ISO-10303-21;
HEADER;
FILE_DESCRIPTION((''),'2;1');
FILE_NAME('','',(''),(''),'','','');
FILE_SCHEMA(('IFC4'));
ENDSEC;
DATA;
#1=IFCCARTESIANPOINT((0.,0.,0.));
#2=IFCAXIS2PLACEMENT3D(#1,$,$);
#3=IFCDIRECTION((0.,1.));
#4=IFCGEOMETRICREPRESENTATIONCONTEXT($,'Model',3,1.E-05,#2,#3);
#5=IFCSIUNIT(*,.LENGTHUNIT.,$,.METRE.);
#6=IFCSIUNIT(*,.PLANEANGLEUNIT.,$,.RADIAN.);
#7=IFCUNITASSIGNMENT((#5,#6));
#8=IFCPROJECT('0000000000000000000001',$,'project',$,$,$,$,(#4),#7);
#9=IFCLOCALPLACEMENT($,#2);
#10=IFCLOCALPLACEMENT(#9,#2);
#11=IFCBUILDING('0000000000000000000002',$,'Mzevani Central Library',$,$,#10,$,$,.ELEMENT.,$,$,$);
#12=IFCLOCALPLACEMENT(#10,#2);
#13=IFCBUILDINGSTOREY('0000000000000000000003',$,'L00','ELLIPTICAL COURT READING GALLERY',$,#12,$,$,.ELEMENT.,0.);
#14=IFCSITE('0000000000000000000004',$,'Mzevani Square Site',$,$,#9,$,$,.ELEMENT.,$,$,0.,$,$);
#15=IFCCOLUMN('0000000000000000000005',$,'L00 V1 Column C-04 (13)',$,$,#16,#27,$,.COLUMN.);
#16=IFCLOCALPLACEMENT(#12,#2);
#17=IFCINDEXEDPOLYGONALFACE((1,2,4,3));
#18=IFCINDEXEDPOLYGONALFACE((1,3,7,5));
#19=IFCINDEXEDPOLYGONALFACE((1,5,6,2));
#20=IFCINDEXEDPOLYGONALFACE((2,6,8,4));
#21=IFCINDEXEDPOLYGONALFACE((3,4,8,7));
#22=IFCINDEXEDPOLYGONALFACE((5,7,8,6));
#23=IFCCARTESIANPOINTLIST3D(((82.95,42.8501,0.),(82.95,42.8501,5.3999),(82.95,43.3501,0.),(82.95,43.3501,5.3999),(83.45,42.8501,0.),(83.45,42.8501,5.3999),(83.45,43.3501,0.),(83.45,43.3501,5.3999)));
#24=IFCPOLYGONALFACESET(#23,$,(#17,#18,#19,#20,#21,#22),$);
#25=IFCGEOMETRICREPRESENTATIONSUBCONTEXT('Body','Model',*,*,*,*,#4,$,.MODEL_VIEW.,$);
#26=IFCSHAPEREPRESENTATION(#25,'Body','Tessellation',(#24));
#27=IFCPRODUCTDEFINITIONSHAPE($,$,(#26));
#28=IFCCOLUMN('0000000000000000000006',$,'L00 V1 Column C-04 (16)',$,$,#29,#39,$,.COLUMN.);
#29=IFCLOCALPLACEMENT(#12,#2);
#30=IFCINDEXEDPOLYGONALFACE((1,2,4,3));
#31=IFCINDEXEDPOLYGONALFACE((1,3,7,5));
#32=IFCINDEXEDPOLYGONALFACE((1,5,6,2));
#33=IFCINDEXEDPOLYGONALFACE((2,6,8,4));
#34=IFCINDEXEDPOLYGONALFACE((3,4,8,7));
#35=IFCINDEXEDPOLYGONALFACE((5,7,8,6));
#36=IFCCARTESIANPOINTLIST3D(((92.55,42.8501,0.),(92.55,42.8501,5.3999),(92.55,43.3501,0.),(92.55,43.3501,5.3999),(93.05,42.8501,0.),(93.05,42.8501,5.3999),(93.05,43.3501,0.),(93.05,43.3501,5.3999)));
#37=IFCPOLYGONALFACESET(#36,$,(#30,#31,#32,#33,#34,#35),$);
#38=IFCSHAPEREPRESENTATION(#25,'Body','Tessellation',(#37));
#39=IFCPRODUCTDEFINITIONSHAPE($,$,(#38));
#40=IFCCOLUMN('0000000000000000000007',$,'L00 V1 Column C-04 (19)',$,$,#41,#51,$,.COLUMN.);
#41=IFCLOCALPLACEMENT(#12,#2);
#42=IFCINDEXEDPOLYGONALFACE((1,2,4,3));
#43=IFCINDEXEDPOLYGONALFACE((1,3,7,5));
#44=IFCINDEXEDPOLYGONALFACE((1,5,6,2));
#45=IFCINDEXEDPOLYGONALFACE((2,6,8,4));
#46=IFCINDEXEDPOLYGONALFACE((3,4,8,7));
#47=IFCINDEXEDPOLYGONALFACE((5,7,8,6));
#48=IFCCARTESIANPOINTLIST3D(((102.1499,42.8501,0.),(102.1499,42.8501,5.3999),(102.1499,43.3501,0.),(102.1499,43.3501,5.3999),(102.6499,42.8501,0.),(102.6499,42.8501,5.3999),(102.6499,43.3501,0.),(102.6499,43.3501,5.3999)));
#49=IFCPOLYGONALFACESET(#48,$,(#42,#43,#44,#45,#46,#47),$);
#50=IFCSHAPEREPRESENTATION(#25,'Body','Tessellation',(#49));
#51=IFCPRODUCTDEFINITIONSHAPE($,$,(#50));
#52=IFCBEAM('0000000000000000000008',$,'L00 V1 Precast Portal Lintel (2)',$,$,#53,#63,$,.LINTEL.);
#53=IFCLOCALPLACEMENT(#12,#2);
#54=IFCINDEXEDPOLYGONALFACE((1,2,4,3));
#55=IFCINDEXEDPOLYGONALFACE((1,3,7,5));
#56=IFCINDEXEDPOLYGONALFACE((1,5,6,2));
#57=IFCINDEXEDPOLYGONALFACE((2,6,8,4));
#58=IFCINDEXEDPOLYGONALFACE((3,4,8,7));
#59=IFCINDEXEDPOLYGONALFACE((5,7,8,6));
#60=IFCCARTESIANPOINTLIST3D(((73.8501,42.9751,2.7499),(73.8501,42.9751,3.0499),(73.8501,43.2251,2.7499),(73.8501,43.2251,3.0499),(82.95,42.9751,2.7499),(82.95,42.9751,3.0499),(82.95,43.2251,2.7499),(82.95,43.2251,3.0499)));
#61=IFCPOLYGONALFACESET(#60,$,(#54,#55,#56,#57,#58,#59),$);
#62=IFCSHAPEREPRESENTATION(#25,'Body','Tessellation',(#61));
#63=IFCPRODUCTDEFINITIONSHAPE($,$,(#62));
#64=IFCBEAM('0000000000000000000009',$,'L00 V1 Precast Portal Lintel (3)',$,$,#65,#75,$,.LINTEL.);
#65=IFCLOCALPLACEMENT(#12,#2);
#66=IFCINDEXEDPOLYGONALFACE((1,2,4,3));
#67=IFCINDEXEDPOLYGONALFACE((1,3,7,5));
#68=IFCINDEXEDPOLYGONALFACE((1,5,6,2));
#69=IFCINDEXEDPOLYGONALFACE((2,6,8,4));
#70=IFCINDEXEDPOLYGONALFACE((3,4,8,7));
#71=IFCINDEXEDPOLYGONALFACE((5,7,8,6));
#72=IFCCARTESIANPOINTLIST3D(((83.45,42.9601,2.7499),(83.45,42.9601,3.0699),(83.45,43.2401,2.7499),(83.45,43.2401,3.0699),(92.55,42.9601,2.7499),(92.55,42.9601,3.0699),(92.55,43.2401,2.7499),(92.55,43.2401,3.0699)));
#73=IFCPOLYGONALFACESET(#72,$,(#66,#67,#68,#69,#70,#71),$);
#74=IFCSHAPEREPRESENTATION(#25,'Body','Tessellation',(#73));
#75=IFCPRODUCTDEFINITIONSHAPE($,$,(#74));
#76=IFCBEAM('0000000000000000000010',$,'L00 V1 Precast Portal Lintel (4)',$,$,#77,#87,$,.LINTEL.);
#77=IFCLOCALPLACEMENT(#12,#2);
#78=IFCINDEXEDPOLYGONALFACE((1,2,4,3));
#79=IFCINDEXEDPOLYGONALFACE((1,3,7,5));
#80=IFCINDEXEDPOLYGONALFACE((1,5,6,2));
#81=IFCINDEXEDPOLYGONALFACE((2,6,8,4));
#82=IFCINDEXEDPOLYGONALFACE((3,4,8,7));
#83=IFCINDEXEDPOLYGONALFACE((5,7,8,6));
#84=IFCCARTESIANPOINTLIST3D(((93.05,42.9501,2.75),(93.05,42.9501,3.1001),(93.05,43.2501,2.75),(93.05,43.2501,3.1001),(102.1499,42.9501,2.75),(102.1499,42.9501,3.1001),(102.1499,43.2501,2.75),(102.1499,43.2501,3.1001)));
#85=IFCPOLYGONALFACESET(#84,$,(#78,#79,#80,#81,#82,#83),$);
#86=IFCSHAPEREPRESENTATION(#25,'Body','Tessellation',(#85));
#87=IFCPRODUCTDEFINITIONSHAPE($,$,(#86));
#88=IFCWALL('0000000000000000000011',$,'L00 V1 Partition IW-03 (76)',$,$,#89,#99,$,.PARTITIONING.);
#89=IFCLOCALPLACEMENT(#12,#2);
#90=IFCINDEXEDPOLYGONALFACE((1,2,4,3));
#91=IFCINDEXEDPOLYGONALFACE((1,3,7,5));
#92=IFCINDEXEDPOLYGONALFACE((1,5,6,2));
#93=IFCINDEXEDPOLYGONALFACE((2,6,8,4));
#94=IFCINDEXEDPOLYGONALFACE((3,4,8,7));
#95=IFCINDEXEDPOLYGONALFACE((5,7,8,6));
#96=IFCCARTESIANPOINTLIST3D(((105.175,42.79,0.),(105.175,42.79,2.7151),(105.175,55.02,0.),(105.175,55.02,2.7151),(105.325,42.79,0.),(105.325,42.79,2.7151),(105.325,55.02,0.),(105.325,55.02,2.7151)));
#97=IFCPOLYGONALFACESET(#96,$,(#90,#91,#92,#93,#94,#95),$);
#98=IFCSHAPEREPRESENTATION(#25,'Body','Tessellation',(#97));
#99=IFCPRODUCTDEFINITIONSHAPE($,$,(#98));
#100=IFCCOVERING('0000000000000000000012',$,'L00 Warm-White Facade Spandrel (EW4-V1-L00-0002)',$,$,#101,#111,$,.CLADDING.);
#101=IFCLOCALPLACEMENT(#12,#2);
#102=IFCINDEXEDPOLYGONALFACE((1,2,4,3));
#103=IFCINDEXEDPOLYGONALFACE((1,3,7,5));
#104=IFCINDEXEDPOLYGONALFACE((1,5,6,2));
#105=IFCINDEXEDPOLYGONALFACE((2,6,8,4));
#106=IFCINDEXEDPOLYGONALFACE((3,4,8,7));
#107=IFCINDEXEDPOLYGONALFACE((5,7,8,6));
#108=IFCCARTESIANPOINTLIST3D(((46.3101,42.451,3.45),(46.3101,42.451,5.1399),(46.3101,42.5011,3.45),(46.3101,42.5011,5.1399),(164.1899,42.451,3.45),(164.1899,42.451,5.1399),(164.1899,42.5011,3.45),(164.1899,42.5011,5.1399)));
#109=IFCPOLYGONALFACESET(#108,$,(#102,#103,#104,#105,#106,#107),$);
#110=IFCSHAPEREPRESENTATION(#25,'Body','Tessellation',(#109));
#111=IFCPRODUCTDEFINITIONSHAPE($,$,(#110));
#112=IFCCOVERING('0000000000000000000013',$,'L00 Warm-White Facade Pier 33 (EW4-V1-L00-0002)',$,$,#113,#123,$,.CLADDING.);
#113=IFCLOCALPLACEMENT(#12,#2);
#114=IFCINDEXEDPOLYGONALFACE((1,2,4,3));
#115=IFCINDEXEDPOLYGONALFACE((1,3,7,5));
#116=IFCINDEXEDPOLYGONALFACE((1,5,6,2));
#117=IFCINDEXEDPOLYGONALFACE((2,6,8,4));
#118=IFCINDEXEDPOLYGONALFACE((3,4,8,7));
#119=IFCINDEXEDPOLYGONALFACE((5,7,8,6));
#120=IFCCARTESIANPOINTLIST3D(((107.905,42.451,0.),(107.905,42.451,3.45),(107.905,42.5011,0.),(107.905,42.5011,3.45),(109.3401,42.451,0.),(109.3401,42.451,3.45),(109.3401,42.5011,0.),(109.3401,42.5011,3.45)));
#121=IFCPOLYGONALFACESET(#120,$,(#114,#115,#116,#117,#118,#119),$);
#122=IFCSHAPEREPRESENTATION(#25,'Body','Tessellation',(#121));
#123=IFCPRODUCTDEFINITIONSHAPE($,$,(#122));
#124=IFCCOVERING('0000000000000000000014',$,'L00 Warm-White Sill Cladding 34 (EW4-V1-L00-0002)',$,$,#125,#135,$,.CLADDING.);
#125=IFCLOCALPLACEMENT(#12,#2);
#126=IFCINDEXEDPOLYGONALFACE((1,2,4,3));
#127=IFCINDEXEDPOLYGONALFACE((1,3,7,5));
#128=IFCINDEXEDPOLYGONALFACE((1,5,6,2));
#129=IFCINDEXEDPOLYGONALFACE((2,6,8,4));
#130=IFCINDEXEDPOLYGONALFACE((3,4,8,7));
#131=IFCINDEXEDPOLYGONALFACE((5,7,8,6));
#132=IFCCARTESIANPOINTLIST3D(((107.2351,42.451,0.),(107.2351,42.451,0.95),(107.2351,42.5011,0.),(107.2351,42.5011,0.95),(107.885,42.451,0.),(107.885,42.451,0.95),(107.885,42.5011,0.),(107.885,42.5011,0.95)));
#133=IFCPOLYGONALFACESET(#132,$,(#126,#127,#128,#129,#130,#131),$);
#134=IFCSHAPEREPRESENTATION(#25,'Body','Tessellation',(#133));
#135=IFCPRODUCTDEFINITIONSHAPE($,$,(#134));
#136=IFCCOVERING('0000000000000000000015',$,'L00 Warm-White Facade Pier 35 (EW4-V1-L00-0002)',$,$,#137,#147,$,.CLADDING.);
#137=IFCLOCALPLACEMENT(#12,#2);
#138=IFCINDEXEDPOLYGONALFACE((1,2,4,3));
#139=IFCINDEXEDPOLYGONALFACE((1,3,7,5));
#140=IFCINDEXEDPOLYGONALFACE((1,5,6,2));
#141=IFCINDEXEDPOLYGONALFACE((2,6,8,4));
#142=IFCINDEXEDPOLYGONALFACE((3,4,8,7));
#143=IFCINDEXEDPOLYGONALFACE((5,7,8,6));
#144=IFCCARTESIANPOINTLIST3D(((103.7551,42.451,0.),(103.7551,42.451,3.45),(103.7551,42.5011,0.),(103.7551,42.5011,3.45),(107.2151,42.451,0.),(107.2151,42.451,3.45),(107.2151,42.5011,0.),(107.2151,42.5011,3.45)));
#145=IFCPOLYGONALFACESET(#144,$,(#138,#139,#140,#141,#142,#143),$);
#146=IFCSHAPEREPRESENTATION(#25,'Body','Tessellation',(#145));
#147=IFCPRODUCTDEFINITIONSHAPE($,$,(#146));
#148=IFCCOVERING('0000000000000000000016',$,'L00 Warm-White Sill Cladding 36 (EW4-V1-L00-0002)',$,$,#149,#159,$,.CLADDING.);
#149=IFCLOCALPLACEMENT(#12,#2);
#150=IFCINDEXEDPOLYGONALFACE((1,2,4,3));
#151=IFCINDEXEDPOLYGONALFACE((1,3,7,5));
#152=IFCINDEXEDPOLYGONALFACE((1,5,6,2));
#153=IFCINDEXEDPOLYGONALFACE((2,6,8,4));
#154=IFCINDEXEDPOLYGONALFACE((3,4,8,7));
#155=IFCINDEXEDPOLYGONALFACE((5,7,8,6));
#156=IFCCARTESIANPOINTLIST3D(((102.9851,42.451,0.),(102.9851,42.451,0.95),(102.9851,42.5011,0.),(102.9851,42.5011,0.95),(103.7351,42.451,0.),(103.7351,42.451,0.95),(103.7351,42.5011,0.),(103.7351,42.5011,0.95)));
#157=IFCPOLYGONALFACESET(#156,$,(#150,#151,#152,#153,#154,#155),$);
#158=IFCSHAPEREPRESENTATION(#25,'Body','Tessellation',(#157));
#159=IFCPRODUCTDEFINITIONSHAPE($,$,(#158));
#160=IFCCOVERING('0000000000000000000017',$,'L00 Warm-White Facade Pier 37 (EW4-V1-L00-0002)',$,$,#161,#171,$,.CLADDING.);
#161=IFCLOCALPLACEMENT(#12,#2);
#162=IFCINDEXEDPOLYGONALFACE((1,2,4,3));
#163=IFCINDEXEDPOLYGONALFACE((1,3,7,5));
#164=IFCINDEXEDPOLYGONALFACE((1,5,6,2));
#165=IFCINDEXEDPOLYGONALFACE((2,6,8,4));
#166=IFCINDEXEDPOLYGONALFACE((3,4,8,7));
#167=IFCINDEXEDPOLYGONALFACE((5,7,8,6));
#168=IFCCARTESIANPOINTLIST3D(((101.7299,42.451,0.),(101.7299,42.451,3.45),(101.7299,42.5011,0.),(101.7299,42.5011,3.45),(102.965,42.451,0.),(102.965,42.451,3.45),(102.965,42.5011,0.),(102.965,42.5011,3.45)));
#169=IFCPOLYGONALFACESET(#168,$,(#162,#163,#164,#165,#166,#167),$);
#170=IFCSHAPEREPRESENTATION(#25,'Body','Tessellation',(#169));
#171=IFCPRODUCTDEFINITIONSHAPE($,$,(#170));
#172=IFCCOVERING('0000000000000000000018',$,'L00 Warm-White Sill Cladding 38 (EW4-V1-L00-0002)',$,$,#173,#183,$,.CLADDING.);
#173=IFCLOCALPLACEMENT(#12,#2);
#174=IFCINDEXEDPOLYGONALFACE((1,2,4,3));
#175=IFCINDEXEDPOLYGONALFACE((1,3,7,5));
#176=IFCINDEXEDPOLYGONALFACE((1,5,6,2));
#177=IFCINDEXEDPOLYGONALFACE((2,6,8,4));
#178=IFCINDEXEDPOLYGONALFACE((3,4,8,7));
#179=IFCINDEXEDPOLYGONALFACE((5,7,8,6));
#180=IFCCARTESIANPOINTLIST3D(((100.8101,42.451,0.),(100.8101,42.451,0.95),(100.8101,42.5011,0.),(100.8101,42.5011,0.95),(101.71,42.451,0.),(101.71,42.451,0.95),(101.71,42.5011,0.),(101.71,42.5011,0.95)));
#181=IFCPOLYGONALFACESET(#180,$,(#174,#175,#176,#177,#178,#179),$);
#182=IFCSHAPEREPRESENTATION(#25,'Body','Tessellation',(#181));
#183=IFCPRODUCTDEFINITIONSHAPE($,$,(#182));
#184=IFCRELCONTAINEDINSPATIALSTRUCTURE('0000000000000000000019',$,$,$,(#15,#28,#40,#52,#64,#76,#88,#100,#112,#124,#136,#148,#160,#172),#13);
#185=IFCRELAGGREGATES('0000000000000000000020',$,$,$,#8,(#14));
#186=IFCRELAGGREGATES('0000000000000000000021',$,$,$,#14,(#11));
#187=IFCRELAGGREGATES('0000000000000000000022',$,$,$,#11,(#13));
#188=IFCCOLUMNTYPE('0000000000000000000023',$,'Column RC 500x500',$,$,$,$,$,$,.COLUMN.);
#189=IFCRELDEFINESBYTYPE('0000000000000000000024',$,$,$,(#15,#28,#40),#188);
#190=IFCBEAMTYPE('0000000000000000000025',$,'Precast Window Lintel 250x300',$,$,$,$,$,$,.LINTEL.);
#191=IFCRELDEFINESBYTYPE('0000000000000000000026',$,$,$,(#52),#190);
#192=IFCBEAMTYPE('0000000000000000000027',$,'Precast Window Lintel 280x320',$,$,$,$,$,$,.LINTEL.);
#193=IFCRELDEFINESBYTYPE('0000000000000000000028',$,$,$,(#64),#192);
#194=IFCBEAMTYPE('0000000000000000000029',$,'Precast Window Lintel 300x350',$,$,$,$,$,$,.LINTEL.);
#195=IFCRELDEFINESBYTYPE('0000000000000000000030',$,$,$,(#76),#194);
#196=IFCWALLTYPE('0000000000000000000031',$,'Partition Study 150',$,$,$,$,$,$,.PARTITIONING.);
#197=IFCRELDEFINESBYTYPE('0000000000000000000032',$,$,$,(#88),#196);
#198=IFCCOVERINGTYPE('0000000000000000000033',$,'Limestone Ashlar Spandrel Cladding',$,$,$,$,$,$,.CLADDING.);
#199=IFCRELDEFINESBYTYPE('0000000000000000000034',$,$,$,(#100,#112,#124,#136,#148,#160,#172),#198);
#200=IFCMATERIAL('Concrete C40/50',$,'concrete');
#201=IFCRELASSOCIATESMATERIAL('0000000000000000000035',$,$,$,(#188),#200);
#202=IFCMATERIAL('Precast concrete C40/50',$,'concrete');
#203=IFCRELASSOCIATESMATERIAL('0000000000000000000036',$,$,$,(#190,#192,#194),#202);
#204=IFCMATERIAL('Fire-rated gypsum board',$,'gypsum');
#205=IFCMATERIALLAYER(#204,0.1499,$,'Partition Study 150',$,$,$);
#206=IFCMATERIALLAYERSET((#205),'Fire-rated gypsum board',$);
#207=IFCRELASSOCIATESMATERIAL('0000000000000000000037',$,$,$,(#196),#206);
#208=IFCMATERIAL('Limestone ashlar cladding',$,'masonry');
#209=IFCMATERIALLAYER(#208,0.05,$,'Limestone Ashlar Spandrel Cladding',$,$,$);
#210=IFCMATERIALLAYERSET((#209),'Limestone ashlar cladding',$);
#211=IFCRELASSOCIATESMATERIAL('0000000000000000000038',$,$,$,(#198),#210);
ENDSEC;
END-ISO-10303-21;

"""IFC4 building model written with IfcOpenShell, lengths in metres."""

from ifc_helpers import new_model, si_unit, direction, frame, frame_2d, origin, origin_2d, place, context, subcontext, project, spatial, rectangle, extrude, material, layer, layer_set, material_profile, profile_set, type_object, element, save


model = new_model("IFC4")

# Units and contexts
model_context = context("Model", 3, precision=1e-05, world=origin(), true_north=direction((0.0, 1.0)))
body_context = subcontext(model_context, "Body", "Model", "MODEL_VIEW")
ifc_project = project(units=[si_unit("LENGTHUNIT", "METRE"), si_unit("PLANEANGLEUNIT", "RADIAN")], contexts=[model_context])

# Site, building, storey
site_placement = place(None, origin())
site = spatial("IfcSite", under=ifc_project, at=site_placement, Name="Mzevani Square Site", CompositionType="ELEMENT", RefElevation=0.0)
building_placement = place(site_placement, origin())
building = spatial("IfcBuilding", under=site, at=building_placement, Name="Mzevani Central Library", CompositionType="ELEMENT")
storey_placement = place(building_placement, origin())
storey = spatial("IfcBuildingStorey", under=building, at=storey_placement, Name="L00", Description="ELLIPTICAL COURT READING GALLERY", CompositionType="ELEMENT", Elevation=0.0)

# Columns
ifc_material_1 = material(Name="Concrete C40/50", Category="concrete")
ifc_material_profile_1 = material_profile(ifc_material_1, rectangle(XDim=0.5, YDim=0.5, at=origin_2d()), Name="RC 500x500")
ifc_profile_set_1 = profile_set([ifc_material_profile_1], Name="Concrete C40/50")
column_type = type_object("IfcColumnType", Name="Column RC 500x500", PredefinedType="COLUMN", material=ifc_profile_set_1)
for number, where, z_axis, x_axis, name in (
    (1, (83.2, 43.1001, 0.0), (0.0, 0.0, 1.0), (1.0, 0.0, 0.0), "L00 V1 Column C-04 (13)"),
    (2, (92.8, 43.1001, 0.0), (0.0, 0.0, 1.0), (1.0, 0.0, 0.0), "L00 V1 Column C-04 (16)"),
    (3, (102.3999, 43.1001, 0.0), (0.0, 0.0, 1.0), (1.0, 0.0, 0.0), "L00 V1 Column C-04 (19)"),
):
    element("IfcColumn", number, at=place(storey_placement, frame(where, z_axis=z_axis, x_axis=x_axis)), inside=storey, type_object=column_type, Name=name, PredefinedType="COLUMN", context=body_context, shape_type="SweptSolid", body=[
        extrude(rectangle(XDim=0.5, YDim=0.5, at=origin_2d()), origin(), (0.0, 0.0, 1.0), 5.3999),
    ])

# Beams
ifc_material_2 = material(Name="Precast concrete C40/50", Category="concrete")
ifc_material_profile_2 = material_profile(ifc_material_2, rectangle(XDim=0.25, YDim=0.3, at=origin_2d()), Name="PC LN250x300")
ifc_profile_set_2 = profile_set([ifc_material_profile_2], Name="Precast concrete C40/50")
beam_type_1 = type_object("IfcBeamType", Name="Precast Window Lintel 250x300", PredefinedType="LINTEL", material=ifc_profile_set_2)
beam_1_placement = place(storey_placement, frame((73.8501, 43.1001, 2.8999), z_axis=(1.0, 0.0, 0.0), x_axis=(0.0, 1.0, 0.0)))
element("IfcBeam", 4, at=beam_1_placement, inside=storey, type_object=beam_type_1, Name="L00 V1 Precast Portal Lintel (2)", PredefinedType="LINTEL", context=body_context, shape_type="SweptSolid", body=[
    extrude(rectangle(XDim=0.25, YDim=0.3, at=origin_2d()), origin(), (0.0, 0.0, 1.0), 9.0999),
])
ifc_material_profile_3 = material_profile(ifc_material_2, rectangle(XDim=0.28, YDim=0.3201, at=origin_2d()), Name="PC LN280x320")
ifc_profile_set_3 = profile_set([ifc_material_profile_3], Name="Precast concrete C40/50")
beam_type_2 = type_object("IfcBeamType", Name="Precast Window Lintel 280x320", PredefinedType="LINTEL", material=ifc_profile_set_3)
beam_2_placement = place(storey_placement, frame((83.45, 43.1001, 2.9099), z_axis=(1.0, 0.0, 0.0), x_axis=(0.0, 1.0, 0.0)))
element("IfcBeam", 5, at=beam_2_placement, inside=storey, type_object=beam_type_2, Name="L00 V1 Precast Portal Lintel (3)", PredefinedType="LINTEL", context=body_context, shape_type="SweptSolid", body=[
    extrude(rectangle(XDim=0.28, YDim=0.3201, at=origin_2d()), origin(), (0.0, 0.0, 1.0), 9.1001),
])
ifc_material_profile_4 = material_profile(ifc_material_2, rectangle(XDim=0.3, YDim=0.3501, at=origin_2d()), Name="PC LN300x350")
ifc_profile_set_4 = profile_set([ifc_material_profile_4], Name="Precast concrete C40/50")
beam_type_3 = type_object("IfcBeamType", Name="Precast Window Lintel 300x350", PredefinedType="LINTEL", material=ifc_profile_set_4)
beam_3_placement = place(storey_placement, frame((93.05, 43.1001, 2.925), z_axis=(1.0, 0.0, 0.0), x_axis=(0.0, 1.0, 0.0)))
element("IfcBeam", 6, at=beam_3_placement, inside=storey, type_object=beam_type_3, Name="L00 V1 Precast Portal Lintel (4)", PredefinedType="LINTEL", context=body_context, shape_type="SweptSolid", body=[
    extrude(rectangle(XDim=0.3, YDim=0.3501, at=origin_2d()), origin(), (0.0, 0.0, 1.0), 9.0999),
])

# Wall
ifc_material_3 = material(Name="Fire-rated gypsum board", Category="gypsum")
ifc_layer_1 = layer(ifc_material_3, 0.1499, Name="Partition Study 150")
ifc_layer_set_1 = layer_set([ifc_layer_1], Name="Fire-rated gypsum board")
wall_type = type_object("IfcWallType", Name="Partition Study 150", PredefinedType="PARTITIONING", material=ifc_layer_set_1)
wall_placement = place(storey_placement, frame((105.25, 42.79, 0.0), z_axis=(0.0, 0.0, 1.0), x_axis=(0.0, 1.0, 0.0)))
element("IfcWall", 7, at=wall_placement, inside=storey, type_object=wall_type, Name="L00 V1 Partition IW-03 (76)", PredefinedType="PARTITIONING", context=body_context, shape_type="SweptSolid", body=[
    extrude(rectangle(XDim=12.23, YDim=0.1499, at=frame_2d((6.115, 0.0))), origin(), (0.0, 0.0, 1.0), 2.7151),
])

# Coverings
ifc_material_4 = material(Name="Limestone ashlar cladding", Category="masonry")
ifc_layer_2 = layer(ifc_material_4, 0.05, Name="Limestone Ashlar Spandrel Cladding")
ifc_layer_set_2 = layer_set([ifc_layer_2], Name="Limestone ashlar cladding")
covering_type = type_object("IfcCoveringType", Name="Limestone Ashlar Spandrel Cladding", PredefinedType="CLADDING", material=ifc_layer_set_2)
covering_1_placement = place(storey_placement, frame((105.25, 42.4761, 3.45), z_axis=(0.0, 0.0, 1.0), x_axis=(-1.0, 0.0, 0.0)))
element("IfcCovering", 8, at=covering_1_placement, inside=storey, type_object=covering_type, Name="L00 Warm-White Facade Spandrel (EW4-V1-L00-0002)", PredefinedType="CLADDING", context=body_context, shape_type="SweptSolid", body=[
    extrude(rectangle(XDim=117.8799, YDim=0.05, at=origin_2d()), origin(), (0.0, 0.0, 1.0), 1.6899),
])
covering_2_placement = place(storey_placement, frame((108.6226, 42.4761, 0.0), z_axis=(0.0, 0.0, 1.0), x_axis=(-1.0, 0.0, 0.0)))
element("IfcCovering", 9, at=covering_2_placement, inside=storey, type_object=covering_type, Name="L00 Warm-White Facade Pier 33 (EW4-V1-L00-0002)", PredefinedType="CLADDING", context=body_context, shape_type="SweptSolid", body=[
    extrude(rectangle(XDim=1.4351, YDim=0.05, at=origin_2d()), origin(), (0.0, 0.0, 1.0), 3.45),
])
covering_3_placement = place(storey_placement, frame((107.5601, 42.4761, 0.0), z_axis=(0.0, 0.0, 1.0), x_axis=(-1.0, 0.0, 0.0)))
element("IfcCovering", 10, at=covering_3_placement, inside=storey, type_object=covering_type, Name="L00 Warm-White Sill Cladding 34 (EW4-V1-L00-0002)", PredefinedType="CLADDING", context=body_context, shape_type="SweptSolid", body=[
    extrude(rectangle(XDim=0.6499, YDim=0.05, at=origin_2d()), origin(), (0.0, 0.0, 1.0), 0.95),
])
covering_4_placement = place(storey_placement, frame((105.4851, 42.4761, 0.0), z_axis=(0.0, 0.0, 1.0), x_axis=(-1.0, 0.0, 0.0)))
element("IfcCovering", 11, at=covering_4_placement, inside=storey, type_object=covering_type, Name="L00 Warm-White Facade Pier 35 (EW4-V1-L00-0002)", PredefinedType="CLADDING", context=body_context, shape_type="SweptSolid", body=[
    extrude(rectangle(XDim=3.46, YDim=0.05, at=origin_2d()), origin(), (0.0, 0.0, 1.0), 3.45),
])
covering_5_placement = place(storey_placement, frame((103.3601, 42.4761, 0.0), z_axis=(0.0, 0.0, 1.0), x_axis=(-1.0, 0.0, 0.0)))
element("IfcCovering", 12, at=covering_5_placement, inside=storey, type_object=covering_type, Name="L00 Warm-White Sill Cladding 36 (EW4-V1-L00-0002)", PredefinedType="CLADDING", context=body_context, shape_type="SweptSolid", body=[
    extrude(rectangle(XDim=0.75, YDim=0.05, at=origin_2d()), origin(), (0.0, 0.0, 1.0), 0.95),
])
covering_6_placement = place(storey_placement, frame((102.3474, 42.4761, 0.0), z_axis=(0.0, 0.0, 1.0), x_axis=(-1.0, 0.0, 0.0)))
element("IfcCovering", 13, at=covering_6_placement, inside=storey, type_object=covering_type, Name="L00 Warm-White Facade Pier 37 (EW4-V1-L00-0002)", PredefinedType="CLADDING", context=body_context, shape_type="SweptSolid", body=[
    extrude(rectangle(XDim=1.2351, YDim=0.05, at=origin_2d()), origin(), (0.0, 0.0, 1.0), 3.45),
])
covering_7_placement = place(storey_placement, frame((101.26, 42.4761, 0.0), z_axis=(0.0, 0.0, 1.0), x_axis=(-1.0, 0.0, 0.0)))
element("IfcCovering", 14, at=covering_7_placement, inside=storey, type_object=covering_type, Name="L00 Warm-White Sill Cladding 38 (EW4-V1-L00-0002)", PredefinedType="CLADDING", context=body_context, shape_type="SweptSolid", body=[
    extrude(rectangle(XDim=0.8999, YDim=0.05, at=origin_2d()), origin(), (0.0, 0.0, 1.0), 0.95),
])

save(model, "model.ifc")
